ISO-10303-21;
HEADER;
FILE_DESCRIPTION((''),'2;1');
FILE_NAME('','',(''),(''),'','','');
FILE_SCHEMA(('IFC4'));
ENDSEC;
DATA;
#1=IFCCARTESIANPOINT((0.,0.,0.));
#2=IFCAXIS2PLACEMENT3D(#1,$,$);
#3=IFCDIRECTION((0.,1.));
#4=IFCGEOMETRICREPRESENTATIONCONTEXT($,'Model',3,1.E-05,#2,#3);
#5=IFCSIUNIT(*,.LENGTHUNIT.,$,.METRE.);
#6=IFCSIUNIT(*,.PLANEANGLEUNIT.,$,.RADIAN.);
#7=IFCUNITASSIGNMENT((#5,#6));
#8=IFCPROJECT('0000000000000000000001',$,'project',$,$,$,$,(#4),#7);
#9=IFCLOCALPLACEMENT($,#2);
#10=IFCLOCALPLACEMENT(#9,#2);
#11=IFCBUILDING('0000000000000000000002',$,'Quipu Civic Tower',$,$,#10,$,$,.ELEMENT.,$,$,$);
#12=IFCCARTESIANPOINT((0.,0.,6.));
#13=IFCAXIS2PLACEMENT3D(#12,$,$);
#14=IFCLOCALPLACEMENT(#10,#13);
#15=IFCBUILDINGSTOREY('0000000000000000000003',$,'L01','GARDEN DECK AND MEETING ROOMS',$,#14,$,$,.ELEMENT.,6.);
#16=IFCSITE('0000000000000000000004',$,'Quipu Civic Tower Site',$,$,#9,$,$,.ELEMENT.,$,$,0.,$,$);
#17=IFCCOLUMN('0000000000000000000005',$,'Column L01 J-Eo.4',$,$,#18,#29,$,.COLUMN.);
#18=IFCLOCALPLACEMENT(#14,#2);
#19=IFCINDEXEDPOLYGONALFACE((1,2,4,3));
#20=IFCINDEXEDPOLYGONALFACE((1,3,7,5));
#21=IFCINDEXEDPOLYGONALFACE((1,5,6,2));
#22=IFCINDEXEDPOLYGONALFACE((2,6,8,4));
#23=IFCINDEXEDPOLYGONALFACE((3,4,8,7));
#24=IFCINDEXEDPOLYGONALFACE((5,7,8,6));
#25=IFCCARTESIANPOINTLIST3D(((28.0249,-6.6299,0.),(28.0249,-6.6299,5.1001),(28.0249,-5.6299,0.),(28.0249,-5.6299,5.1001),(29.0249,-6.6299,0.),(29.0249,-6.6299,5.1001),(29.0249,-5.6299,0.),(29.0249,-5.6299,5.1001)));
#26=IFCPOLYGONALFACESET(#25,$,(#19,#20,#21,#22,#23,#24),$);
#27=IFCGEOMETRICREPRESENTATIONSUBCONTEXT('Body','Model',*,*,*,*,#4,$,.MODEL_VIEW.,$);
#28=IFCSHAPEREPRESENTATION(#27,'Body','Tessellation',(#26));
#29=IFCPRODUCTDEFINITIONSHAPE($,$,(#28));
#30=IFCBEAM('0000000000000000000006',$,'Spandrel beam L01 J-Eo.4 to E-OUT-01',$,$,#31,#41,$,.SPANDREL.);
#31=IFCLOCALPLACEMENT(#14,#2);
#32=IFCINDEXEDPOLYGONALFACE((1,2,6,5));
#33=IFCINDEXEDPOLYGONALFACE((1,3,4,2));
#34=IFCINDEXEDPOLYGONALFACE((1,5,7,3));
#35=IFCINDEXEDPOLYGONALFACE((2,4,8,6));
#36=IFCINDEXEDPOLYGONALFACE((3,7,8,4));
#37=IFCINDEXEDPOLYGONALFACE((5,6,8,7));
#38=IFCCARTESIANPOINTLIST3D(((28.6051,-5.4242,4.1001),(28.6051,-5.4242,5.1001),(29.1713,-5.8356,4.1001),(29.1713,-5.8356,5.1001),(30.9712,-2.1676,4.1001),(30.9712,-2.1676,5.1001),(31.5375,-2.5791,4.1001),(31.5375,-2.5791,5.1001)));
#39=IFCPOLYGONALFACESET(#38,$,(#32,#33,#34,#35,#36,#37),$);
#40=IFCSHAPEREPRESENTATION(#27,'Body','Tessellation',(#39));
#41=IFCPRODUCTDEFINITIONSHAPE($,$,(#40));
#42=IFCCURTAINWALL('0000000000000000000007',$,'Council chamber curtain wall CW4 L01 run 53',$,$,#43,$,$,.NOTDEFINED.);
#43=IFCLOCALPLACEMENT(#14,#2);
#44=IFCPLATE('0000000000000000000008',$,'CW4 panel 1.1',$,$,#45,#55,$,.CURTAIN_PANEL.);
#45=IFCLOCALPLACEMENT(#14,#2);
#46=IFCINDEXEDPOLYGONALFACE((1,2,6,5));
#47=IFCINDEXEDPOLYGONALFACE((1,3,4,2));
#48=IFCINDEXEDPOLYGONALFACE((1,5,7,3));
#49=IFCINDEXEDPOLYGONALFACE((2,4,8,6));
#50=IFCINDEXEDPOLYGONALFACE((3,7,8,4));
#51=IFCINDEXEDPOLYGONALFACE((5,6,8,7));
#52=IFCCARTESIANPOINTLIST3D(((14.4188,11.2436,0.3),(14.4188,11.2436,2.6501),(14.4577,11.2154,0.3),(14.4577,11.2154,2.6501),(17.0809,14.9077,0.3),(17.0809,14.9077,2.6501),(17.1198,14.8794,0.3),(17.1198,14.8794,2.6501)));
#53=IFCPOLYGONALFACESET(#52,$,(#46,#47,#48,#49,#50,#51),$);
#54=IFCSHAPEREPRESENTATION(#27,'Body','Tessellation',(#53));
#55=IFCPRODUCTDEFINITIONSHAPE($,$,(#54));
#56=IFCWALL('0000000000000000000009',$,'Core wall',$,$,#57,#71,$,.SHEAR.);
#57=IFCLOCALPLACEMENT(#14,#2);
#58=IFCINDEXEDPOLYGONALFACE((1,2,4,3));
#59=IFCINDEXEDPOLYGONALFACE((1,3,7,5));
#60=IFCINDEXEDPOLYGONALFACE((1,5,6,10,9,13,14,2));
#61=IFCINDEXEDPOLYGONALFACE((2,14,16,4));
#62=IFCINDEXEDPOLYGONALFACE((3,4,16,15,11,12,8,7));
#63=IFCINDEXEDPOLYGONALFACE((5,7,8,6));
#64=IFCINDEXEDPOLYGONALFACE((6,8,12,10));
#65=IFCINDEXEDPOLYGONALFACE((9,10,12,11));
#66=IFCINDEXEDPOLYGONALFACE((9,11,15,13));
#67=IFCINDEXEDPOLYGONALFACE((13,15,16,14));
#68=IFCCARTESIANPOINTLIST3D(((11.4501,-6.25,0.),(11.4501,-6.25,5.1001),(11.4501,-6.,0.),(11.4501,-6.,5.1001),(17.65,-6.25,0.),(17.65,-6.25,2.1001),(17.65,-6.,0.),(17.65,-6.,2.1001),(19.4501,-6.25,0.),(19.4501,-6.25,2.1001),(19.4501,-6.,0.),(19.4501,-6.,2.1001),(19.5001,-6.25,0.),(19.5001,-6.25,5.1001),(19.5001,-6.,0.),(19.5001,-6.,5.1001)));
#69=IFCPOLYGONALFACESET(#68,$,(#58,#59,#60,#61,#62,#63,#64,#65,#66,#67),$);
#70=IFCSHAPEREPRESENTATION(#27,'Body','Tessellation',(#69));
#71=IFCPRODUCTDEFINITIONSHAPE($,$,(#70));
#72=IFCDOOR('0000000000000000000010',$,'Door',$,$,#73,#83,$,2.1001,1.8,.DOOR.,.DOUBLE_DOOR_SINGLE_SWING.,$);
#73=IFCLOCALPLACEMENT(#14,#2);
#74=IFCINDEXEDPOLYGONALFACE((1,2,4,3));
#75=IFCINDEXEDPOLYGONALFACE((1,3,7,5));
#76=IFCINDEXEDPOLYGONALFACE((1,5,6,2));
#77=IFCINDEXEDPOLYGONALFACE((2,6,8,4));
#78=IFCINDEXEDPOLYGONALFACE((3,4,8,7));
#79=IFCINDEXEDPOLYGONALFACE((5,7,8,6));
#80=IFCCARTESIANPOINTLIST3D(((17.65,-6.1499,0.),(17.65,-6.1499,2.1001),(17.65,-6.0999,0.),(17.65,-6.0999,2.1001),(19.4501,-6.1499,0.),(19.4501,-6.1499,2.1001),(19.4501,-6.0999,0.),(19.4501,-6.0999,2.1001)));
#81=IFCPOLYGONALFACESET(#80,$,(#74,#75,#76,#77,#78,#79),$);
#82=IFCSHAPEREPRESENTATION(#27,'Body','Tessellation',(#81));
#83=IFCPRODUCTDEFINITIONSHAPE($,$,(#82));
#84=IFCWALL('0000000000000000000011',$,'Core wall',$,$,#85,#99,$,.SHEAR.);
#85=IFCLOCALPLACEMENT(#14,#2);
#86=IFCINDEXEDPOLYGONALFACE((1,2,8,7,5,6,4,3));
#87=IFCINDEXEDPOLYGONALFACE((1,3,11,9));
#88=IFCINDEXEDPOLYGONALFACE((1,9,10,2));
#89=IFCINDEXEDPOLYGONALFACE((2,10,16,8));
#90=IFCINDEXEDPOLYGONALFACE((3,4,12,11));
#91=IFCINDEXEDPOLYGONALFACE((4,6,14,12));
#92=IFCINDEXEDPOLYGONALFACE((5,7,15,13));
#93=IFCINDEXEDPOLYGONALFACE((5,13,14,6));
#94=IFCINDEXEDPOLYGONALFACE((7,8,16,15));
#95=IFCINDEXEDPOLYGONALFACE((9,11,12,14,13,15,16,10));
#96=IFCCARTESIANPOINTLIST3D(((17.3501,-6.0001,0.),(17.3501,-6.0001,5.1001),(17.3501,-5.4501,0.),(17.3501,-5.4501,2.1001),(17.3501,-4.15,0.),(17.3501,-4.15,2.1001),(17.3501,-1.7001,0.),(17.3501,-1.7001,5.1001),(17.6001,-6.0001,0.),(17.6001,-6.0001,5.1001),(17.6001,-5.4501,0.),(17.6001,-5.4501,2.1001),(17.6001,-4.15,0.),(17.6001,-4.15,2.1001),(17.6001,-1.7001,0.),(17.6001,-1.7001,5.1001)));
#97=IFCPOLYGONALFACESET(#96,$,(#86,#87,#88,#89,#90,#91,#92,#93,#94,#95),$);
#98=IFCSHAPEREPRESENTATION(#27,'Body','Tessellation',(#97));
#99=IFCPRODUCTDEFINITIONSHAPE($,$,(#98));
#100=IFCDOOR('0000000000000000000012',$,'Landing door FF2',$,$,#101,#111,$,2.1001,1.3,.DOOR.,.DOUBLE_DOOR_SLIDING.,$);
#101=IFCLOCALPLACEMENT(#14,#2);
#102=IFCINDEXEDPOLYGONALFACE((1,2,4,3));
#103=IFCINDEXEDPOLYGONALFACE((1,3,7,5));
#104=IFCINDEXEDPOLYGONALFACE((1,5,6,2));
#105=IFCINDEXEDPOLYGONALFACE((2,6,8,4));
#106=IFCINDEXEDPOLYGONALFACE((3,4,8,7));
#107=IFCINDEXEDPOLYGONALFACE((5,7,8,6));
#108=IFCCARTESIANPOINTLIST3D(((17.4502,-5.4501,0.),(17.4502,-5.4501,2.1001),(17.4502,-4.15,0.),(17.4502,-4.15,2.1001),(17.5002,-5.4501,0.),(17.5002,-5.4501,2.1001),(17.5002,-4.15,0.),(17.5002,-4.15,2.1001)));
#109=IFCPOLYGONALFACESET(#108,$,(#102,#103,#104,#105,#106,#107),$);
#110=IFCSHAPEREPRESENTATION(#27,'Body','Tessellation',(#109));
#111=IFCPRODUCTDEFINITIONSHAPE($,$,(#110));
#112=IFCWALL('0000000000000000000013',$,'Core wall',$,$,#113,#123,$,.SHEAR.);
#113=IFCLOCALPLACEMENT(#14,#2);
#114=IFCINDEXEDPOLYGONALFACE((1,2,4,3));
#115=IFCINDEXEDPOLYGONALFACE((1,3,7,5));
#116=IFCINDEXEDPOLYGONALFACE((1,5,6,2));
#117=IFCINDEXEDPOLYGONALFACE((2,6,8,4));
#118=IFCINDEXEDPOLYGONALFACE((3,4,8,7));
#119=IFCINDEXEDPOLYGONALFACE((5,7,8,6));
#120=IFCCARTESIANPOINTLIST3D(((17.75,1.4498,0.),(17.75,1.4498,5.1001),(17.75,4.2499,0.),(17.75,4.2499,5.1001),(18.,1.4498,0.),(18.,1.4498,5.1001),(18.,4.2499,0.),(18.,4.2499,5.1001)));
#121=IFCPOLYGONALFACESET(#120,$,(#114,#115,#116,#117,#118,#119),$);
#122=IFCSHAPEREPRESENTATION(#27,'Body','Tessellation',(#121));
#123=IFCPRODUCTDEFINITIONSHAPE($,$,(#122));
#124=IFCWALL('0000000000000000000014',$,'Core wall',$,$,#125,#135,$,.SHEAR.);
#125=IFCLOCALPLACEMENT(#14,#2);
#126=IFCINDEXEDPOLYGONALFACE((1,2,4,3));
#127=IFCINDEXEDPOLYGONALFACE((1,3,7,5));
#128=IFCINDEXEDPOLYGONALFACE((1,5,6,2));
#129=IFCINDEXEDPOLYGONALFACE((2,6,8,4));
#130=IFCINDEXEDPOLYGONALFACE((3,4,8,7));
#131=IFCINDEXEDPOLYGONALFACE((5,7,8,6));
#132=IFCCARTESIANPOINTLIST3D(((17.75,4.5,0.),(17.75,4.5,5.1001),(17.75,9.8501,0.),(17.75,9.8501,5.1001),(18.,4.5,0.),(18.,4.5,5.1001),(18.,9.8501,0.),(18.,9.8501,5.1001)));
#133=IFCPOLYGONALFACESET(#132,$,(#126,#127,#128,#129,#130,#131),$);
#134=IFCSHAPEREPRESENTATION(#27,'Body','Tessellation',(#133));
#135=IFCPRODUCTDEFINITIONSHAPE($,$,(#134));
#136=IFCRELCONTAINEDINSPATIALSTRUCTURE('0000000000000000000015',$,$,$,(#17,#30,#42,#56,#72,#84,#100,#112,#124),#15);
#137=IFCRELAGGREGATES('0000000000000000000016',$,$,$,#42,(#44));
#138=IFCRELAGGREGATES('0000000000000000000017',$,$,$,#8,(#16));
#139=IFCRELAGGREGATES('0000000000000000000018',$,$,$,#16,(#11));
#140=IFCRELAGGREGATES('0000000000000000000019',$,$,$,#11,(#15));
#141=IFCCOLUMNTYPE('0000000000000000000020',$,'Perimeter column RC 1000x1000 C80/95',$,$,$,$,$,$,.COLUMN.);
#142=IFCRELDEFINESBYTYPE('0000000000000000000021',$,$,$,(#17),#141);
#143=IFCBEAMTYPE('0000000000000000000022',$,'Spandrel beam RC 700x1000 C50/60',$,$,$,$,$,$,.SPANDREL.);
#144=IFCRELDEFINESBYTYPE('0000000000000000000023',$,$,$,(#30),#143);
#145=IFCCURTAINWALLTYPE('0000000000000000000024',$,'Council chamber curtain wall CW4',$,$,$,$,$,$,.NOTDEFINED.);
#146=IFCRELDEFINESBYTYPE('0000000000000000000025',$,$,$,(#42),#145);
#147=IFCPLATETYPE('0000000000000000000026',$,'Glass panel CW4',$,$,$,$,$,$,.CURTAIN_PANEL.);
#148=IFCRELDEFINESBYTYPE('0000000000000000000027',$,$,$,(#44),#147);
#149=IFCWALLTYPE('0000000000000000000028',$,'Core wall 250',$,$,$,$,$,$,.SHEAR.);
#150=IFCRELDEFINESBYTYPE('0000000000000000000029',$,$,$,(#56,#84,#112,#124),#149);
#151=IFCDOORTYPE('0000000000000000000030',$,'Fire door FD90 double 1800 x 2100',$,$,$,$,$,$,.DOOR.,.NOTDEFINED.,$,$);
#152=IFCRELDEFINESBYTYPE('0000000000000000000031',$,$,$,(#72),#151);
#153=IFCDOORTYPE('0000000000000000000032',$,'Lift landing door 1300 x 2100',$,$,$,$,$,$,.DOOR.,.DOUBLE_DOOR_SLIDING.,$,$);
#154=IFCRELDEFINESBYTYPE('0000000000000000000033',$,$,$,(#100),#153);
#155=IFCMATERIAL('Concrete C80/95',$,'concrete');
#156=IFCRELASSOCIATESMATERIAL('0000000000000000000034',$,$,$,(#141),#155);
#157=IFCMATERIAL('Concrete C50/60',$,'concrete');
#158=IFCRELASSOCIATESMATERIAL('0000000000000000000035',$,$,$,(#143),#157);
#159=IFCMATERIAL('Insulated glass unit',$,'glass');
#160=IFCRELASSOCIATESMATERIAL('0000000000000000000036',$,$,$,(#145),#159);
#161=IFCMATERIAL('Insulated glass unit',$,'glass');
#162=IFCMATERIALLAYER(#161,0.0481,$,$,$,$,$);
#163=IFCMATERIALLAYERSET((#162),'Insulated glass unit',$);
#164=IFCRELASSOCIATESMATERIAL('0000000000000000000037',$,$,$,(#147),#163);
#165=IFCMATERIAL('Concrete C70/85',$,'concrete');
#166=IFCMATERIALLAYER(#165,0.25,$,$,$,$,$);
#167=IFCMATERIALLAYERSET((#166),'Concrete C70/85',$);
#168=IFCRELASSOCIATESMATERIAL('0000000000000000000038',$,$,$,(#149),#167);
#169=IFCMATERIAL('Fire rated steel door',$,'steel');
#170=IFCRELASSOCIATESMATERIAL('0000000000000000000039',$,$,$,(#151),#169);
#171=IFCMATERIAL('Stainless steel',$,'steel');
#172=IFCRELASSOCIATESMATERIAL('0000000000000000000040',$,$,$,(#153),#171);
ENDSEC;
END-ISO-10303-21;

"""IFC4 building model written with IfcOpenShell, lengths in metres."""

from ifc_helpers import new_model, si_unit, direction, frame, frame_2d, origin, origin_2d, place, context, subcontext, project, spatial, rectangle, extrude, material, layer, layer_set, material_profile, profile_set, type_object, element, fill, aggregate, save


model = new_model("IFC4")

# Units and contexts
model_context = context("Model", 3, precision=1e-05, world=origin(), true_north=direction((0.0, 1.0)))
body_context = subcontext(model_context, "Body", "Model", "MODEL_VIEW")
ifc_project = project(units=[si_unit("LENGTHUNIT", "METRE"), si_unit("PLANEANGLEUNIT", "RADIAN")], contexts=[model_context])

# Site, building, storey
site_placement = place(None, origin())
site = spatial("IfcSite", under=ifc_project, at=site_placement, Name="Quipu Civic Tower Site", CompositionType="ELEMENT", RefElevation=0.0)
building_placement = place(site_placement, origin())
building = spatial("IfcBuilding", under=site, at=building_placement, Name="Quipu Civic Tower", CompositionType="ELEMENT")
storey_placement = place(building_placement, frame((0.0, 0.0, 6.0)))
storey = spatial("IfcBuildingStorey", under=building, at=storey_placement, Name="L01", Description="GARDEN DECK AND MEETING ROOMS", CompositionType="ELEMENT", Elevation=6.0)

# Column
ifc_material_1 = material(Name="Concrete C80/95", Category="concrete")
ifc_material_profile_1 = material_profile(ifc_material_1, rectangle(XDim=1.0, YDim=1.0, at=origin_2d()), Name="RC1000x1000")
ifc_profile_set_1 = profile_set([ifc_material_profile_1], Name="Concrete C80/95")
column_type = type_object("IfcColumnType", Name="Perimeter column RC 1000x1000 C80/95", PredefinedType="COLUMN", material=ifc_profile_set_1)
column_placement = place(storey_placement, frame((28.5249, -6.1299, 0.0), z_axis=(0.0, 0.0, 1.0), x_axis=(1.0, 0.0, 0.0)))
element("IfcColumn", 1, at=column_placement, inside=storey, type_object=column_type, Name="Column L01 J-Eo.4", PredefinedType="COLUMN", context=body_context, shape_type="SweptSolid", body=[
    extrude(rectangle(XDim=1.0, YDim=1.0, at=origin_2d()), origin(), (0.0, 0.0, 1.0), 5.1001),
])

# Beam
ifc_material_2 = material(Name="Concrete C50/60", Category="concrete")
ifc_material_profile_2 = material_profile(ifc_material_2, rectangle(XDim=0.7, YDim=1.0, at=origin_2d()), Name="RC700x1000")
ifc_profile_set_2 = profile_set([ifc_material_profile_2], Name="Concrete C50/60")
beam_type = type_object("IfcBeamType", Name="Spandrel beam RC 700x1000 C50/60", PredefinedType="SPANDREL", material=ifc_profile_set_2)
beam_placement = place(storey_placement, frame((28.8882, -5.6299, 4.6001), z_axis=(0.587811, 0.808998, 0.0), x_axis=(-0.808998, 0.587811, 0.0)))
element("IfcBeam", 2, at=beam_placement, inside=storey, type_object=beam_type, Name="Spandrel beam L01 J-Eo.4 to E-OUT-01", PredefinedType="SPANDREL", context=body_context, shape_type="SweptSolid", body=[
    extrude(rectangle(XDim=0.7, YDim=1.0, at=origin_2d()), origin(), (0.0, 0.0, 1.0), 4.0254),
])

# Curtain wall, plate
ifc_material_3 = material(Name="Insulated glass unit", Category="glass")
curtain_wall_type = type_object("IfcCurtainWallType", Name="Council chamber curtain wall CW4", PredefinedType="NOTDEFINED", material=ifc_material_3)
curtain_wall_placement = place(storey_placement, origin())
curtain_wall = element("IfcCurtainWall", 3, at=curtain_wall_placement, inside=storey, type_object=curtain_wall_type, Name="Council chamber curtain wall CW4 L01 run 53", PredefinedType="NOTDEFINED")
ifc_material_4 = material(Name="Insulated glass unit", Category="glass")
ifc_layer_1 = layer(ifc_material_4, 0.0481)
ifc_layer_set_1 = layer_set([ifc_layer_1], Name="Insulated glass unit")
plate_type = type_object("IfcPlateType", Name="Glass panel CW4", PredefinedType="CURTAIN_PANEL", material=ifc_layer_set_1)
plate_placement = place(storey_placement, frame((15.7693, 13.0615, 0.3), z_axis=(0.0, 0.0, 1.0), x_axis=(-0.587795, -0.80901, 0.0)))
plate = element("IfcPlate", 4, at=plate_placement, type_object=plate_type, Name="CW4 panel 1.1", PredefinedType="CURTAIN_PANEL", context=body_context, shape_type="SweptSolid", body=[
    extrude(rectangle(XDim=4.5291, YDim=0.0481, at=origin_2d()), origin(), (0.0, 0.0, 1.0), 2.3501),
])
aggregate(curtain_wall, [plate])

# Walls, openings, doors
ifc_material_5 = material(Name="Concrete C70/85", Category="concrete")
ifc_layer_2 = layer(ifc_material_5, 0.25)
ifc_layer_set_2 = layer_set([ifc_layer_2], Name="Concrete C70/85")
wall_type_1 = type_object("IfcWallType", Name="Core wall 250", PredefinedType="SHEAR", material=ifc_layer_set_2)
wall_1_placement = place(storey_placement, frame((19.5, -6.125, 0.0), z_axis=(0.0, 0.0, 1.0), x_axis=(-1.0, 0.0, 0.0)))
wall_1 = element("IfcWall", 5, at=wall_1_placement, inside=storey, type_object=wall_type_1, Name="Core wall", PredefinedType="SHEAR", context=body_context, shape_type="SweptSolid", body=[
    extrude(rectangle(XDim=8.05, YDim=0.25, at=frame_2d((4.0249, 0.0))), origin(), (0.0, 0.0, 1.0), 5.1001),
])
opening_1_placement = place(wall_1_placement, frame((0.05, 0.0, 0.0)))
opening_1 = element("IfcOpeningElement", 6, at=opening_1_placement, cuts=wall_1, PredefinedType="OPENING", context=body_context, shape_type="SweptSolid", body=[
    extrude(rectangle(XDim=1.8, YDim=2.1001, at=frame_2d((0.8999, 1.05))), frame((0.0, 0.135, 0.0), z_axis=(0.0, -1.0, 0.0), x_axis=(1.0, 0.0, 0.0)), (0.0, 0.0, 1.0), 0.27),
])
ifc_material_6 = material(Name="Fire rated steel door", Category="steel")
door_type_1 = type_object("IfcDoorType", Name="Fire door FD90 double 1800 x 2100", OperationType="NOTDEFINED", PredefinedType="DOOR", material=ifc_material_6)
door_1_placement = place(opening_1_placement, origin())
door_1 = element("IfcDoor", 7, at=door_1_placement, inside=storey, type_object=door_type_1, Name="Door", OperationType="DOUBLE_DOOR_SINGLE_SWING", OverallHeight=2.1001, OverallWidth=1.8, PredefinedType="DOOR", context=body_context, shape_type="SweptSolid", body=[
    extrude(rectangle(XDim=1.8, YDim=2.1001, at=frame_2d((0.8999, 1.05))), frame((0.0, 0.0249, 0.0), z_axis=(0.0, -1.0, 0.0), x_axis=(1.0, 0.0, 0.0)), (0.0, 0.0, 1.0), 0.05),
])
fill(opening_1, door_1)
wall_2_placement = place(storey_placement, frame((17.4751, -6.0, 0.0), z_axis=(0.0, 0.0, 1.0), x_axis=(0.0, 1.0, 0.0)))
wall_2 = element("IfcWall", 8, at=wall_2_placement, inside=storey, type_object=wall_type_1, Name="Core wall", PredefinedType="SHEAR", context=body_context, shape_type="SweptSolid", body=[
    extrude(rectangle(XDim=4.3, YDim=0.25, at=frame_2d((2.1499, 0.0))), origin(), (0.0, 0.0, 1.0), 5.1001),
])
opening_2_placement = place(wall_2_placement, frame((0.55, 0.0, 0.0)))
opening_2 = element("IfcOpeningElement", 9, at=opening_2_placement, cuts=wall_2, PredefinedType="OPENING", context=body_context, shape_type="SweptSolid", body=[
    extrude(rectangle(XDim=1.3, YDim=2.1001, at=frame_2d((0.6499, 1.05))), frame((0.0, 0.135, 0.0), z_axis=(0.0, -1.0, 0.0), x_axis=(1.0, 0.0, 0.0)), (0.0, 0.0, 1.0), 0.27),
])
ifc_material_7 = material(Name="Stainless steel", Category="steel")
door_type_2 = type_object("IfcDoorType", Name="Lift landing door 1300 x 2100", OperationType="DOUBLE_DOOR_SLIDING", PredefinedType="DOOR", material=ifc_material_7)
door_2_placement = place(opening_2_placement, origin())
door_2 = element("IfcDoor", 10, at=door_2_placement, inside=storey, type_object=door_type_2, Name="Landing door FF2", OperationType="DOUBLE_DOOR_SLIDING", OverallHeight=2.1001, OverallWidth=1.3, PredefinedType="DOOR", context=body_context, shape_type="SweptSolid", body=[
    extrude(rectangle(XDim=1.3, YDim=2.1001, at=frame_2d((0.6499, 1.05))), frame((0.0, 0.0249, 0.0), z_axis=(0.0, -1.0, 0.0), x_axis=(1.0, 0.0, 0.0)), (0.0, 0.0, 1.0), 0.05),
])
fill(opening_2, door_2)

# Walls
wall_3_placement = place(storey_placement, frame((17.875, 1.45, 0.0), z_axis=(0.0, 0.0, 1.0), x_axis=(0.0, 1.0, 0.0)))
element("IfcWall", 11, at=wall_3_placement, inside=storey, type_object=wall_type_1, Name="Core wall", PredefinedType="SHEAR", context=body_context, shape_type="SweptSolid", body=[
    extrude(rectangle(XDim=2.8, YDim=0.25, at=frame_2d((1.3999, 0.0))), origin(), (0.0, 0.0, 1.0), 5.1001),
])
wall_4_placement = place(storey_placement, frame((17.875, 4.5, 0.0), z_axis=(0.0, 0.0, 1.0), x_axis=(0.0, 1.0, 0.0)))
element("IfcWall", 12, at=wall_4_placement, inside=storey, type_object=wall_type_1, Name="Core wall", PredefinedType="SHEAR", context=body_context, shape_type="SweptSolid", body=[
    extrude(rectangle(XDim=5.3501, YDim=0.25, at=frame_2d((2.675, 0.0))), origin(), (0.0, 0.0, 1.0), 5.1001),
])

save(model, "model.ifc")
